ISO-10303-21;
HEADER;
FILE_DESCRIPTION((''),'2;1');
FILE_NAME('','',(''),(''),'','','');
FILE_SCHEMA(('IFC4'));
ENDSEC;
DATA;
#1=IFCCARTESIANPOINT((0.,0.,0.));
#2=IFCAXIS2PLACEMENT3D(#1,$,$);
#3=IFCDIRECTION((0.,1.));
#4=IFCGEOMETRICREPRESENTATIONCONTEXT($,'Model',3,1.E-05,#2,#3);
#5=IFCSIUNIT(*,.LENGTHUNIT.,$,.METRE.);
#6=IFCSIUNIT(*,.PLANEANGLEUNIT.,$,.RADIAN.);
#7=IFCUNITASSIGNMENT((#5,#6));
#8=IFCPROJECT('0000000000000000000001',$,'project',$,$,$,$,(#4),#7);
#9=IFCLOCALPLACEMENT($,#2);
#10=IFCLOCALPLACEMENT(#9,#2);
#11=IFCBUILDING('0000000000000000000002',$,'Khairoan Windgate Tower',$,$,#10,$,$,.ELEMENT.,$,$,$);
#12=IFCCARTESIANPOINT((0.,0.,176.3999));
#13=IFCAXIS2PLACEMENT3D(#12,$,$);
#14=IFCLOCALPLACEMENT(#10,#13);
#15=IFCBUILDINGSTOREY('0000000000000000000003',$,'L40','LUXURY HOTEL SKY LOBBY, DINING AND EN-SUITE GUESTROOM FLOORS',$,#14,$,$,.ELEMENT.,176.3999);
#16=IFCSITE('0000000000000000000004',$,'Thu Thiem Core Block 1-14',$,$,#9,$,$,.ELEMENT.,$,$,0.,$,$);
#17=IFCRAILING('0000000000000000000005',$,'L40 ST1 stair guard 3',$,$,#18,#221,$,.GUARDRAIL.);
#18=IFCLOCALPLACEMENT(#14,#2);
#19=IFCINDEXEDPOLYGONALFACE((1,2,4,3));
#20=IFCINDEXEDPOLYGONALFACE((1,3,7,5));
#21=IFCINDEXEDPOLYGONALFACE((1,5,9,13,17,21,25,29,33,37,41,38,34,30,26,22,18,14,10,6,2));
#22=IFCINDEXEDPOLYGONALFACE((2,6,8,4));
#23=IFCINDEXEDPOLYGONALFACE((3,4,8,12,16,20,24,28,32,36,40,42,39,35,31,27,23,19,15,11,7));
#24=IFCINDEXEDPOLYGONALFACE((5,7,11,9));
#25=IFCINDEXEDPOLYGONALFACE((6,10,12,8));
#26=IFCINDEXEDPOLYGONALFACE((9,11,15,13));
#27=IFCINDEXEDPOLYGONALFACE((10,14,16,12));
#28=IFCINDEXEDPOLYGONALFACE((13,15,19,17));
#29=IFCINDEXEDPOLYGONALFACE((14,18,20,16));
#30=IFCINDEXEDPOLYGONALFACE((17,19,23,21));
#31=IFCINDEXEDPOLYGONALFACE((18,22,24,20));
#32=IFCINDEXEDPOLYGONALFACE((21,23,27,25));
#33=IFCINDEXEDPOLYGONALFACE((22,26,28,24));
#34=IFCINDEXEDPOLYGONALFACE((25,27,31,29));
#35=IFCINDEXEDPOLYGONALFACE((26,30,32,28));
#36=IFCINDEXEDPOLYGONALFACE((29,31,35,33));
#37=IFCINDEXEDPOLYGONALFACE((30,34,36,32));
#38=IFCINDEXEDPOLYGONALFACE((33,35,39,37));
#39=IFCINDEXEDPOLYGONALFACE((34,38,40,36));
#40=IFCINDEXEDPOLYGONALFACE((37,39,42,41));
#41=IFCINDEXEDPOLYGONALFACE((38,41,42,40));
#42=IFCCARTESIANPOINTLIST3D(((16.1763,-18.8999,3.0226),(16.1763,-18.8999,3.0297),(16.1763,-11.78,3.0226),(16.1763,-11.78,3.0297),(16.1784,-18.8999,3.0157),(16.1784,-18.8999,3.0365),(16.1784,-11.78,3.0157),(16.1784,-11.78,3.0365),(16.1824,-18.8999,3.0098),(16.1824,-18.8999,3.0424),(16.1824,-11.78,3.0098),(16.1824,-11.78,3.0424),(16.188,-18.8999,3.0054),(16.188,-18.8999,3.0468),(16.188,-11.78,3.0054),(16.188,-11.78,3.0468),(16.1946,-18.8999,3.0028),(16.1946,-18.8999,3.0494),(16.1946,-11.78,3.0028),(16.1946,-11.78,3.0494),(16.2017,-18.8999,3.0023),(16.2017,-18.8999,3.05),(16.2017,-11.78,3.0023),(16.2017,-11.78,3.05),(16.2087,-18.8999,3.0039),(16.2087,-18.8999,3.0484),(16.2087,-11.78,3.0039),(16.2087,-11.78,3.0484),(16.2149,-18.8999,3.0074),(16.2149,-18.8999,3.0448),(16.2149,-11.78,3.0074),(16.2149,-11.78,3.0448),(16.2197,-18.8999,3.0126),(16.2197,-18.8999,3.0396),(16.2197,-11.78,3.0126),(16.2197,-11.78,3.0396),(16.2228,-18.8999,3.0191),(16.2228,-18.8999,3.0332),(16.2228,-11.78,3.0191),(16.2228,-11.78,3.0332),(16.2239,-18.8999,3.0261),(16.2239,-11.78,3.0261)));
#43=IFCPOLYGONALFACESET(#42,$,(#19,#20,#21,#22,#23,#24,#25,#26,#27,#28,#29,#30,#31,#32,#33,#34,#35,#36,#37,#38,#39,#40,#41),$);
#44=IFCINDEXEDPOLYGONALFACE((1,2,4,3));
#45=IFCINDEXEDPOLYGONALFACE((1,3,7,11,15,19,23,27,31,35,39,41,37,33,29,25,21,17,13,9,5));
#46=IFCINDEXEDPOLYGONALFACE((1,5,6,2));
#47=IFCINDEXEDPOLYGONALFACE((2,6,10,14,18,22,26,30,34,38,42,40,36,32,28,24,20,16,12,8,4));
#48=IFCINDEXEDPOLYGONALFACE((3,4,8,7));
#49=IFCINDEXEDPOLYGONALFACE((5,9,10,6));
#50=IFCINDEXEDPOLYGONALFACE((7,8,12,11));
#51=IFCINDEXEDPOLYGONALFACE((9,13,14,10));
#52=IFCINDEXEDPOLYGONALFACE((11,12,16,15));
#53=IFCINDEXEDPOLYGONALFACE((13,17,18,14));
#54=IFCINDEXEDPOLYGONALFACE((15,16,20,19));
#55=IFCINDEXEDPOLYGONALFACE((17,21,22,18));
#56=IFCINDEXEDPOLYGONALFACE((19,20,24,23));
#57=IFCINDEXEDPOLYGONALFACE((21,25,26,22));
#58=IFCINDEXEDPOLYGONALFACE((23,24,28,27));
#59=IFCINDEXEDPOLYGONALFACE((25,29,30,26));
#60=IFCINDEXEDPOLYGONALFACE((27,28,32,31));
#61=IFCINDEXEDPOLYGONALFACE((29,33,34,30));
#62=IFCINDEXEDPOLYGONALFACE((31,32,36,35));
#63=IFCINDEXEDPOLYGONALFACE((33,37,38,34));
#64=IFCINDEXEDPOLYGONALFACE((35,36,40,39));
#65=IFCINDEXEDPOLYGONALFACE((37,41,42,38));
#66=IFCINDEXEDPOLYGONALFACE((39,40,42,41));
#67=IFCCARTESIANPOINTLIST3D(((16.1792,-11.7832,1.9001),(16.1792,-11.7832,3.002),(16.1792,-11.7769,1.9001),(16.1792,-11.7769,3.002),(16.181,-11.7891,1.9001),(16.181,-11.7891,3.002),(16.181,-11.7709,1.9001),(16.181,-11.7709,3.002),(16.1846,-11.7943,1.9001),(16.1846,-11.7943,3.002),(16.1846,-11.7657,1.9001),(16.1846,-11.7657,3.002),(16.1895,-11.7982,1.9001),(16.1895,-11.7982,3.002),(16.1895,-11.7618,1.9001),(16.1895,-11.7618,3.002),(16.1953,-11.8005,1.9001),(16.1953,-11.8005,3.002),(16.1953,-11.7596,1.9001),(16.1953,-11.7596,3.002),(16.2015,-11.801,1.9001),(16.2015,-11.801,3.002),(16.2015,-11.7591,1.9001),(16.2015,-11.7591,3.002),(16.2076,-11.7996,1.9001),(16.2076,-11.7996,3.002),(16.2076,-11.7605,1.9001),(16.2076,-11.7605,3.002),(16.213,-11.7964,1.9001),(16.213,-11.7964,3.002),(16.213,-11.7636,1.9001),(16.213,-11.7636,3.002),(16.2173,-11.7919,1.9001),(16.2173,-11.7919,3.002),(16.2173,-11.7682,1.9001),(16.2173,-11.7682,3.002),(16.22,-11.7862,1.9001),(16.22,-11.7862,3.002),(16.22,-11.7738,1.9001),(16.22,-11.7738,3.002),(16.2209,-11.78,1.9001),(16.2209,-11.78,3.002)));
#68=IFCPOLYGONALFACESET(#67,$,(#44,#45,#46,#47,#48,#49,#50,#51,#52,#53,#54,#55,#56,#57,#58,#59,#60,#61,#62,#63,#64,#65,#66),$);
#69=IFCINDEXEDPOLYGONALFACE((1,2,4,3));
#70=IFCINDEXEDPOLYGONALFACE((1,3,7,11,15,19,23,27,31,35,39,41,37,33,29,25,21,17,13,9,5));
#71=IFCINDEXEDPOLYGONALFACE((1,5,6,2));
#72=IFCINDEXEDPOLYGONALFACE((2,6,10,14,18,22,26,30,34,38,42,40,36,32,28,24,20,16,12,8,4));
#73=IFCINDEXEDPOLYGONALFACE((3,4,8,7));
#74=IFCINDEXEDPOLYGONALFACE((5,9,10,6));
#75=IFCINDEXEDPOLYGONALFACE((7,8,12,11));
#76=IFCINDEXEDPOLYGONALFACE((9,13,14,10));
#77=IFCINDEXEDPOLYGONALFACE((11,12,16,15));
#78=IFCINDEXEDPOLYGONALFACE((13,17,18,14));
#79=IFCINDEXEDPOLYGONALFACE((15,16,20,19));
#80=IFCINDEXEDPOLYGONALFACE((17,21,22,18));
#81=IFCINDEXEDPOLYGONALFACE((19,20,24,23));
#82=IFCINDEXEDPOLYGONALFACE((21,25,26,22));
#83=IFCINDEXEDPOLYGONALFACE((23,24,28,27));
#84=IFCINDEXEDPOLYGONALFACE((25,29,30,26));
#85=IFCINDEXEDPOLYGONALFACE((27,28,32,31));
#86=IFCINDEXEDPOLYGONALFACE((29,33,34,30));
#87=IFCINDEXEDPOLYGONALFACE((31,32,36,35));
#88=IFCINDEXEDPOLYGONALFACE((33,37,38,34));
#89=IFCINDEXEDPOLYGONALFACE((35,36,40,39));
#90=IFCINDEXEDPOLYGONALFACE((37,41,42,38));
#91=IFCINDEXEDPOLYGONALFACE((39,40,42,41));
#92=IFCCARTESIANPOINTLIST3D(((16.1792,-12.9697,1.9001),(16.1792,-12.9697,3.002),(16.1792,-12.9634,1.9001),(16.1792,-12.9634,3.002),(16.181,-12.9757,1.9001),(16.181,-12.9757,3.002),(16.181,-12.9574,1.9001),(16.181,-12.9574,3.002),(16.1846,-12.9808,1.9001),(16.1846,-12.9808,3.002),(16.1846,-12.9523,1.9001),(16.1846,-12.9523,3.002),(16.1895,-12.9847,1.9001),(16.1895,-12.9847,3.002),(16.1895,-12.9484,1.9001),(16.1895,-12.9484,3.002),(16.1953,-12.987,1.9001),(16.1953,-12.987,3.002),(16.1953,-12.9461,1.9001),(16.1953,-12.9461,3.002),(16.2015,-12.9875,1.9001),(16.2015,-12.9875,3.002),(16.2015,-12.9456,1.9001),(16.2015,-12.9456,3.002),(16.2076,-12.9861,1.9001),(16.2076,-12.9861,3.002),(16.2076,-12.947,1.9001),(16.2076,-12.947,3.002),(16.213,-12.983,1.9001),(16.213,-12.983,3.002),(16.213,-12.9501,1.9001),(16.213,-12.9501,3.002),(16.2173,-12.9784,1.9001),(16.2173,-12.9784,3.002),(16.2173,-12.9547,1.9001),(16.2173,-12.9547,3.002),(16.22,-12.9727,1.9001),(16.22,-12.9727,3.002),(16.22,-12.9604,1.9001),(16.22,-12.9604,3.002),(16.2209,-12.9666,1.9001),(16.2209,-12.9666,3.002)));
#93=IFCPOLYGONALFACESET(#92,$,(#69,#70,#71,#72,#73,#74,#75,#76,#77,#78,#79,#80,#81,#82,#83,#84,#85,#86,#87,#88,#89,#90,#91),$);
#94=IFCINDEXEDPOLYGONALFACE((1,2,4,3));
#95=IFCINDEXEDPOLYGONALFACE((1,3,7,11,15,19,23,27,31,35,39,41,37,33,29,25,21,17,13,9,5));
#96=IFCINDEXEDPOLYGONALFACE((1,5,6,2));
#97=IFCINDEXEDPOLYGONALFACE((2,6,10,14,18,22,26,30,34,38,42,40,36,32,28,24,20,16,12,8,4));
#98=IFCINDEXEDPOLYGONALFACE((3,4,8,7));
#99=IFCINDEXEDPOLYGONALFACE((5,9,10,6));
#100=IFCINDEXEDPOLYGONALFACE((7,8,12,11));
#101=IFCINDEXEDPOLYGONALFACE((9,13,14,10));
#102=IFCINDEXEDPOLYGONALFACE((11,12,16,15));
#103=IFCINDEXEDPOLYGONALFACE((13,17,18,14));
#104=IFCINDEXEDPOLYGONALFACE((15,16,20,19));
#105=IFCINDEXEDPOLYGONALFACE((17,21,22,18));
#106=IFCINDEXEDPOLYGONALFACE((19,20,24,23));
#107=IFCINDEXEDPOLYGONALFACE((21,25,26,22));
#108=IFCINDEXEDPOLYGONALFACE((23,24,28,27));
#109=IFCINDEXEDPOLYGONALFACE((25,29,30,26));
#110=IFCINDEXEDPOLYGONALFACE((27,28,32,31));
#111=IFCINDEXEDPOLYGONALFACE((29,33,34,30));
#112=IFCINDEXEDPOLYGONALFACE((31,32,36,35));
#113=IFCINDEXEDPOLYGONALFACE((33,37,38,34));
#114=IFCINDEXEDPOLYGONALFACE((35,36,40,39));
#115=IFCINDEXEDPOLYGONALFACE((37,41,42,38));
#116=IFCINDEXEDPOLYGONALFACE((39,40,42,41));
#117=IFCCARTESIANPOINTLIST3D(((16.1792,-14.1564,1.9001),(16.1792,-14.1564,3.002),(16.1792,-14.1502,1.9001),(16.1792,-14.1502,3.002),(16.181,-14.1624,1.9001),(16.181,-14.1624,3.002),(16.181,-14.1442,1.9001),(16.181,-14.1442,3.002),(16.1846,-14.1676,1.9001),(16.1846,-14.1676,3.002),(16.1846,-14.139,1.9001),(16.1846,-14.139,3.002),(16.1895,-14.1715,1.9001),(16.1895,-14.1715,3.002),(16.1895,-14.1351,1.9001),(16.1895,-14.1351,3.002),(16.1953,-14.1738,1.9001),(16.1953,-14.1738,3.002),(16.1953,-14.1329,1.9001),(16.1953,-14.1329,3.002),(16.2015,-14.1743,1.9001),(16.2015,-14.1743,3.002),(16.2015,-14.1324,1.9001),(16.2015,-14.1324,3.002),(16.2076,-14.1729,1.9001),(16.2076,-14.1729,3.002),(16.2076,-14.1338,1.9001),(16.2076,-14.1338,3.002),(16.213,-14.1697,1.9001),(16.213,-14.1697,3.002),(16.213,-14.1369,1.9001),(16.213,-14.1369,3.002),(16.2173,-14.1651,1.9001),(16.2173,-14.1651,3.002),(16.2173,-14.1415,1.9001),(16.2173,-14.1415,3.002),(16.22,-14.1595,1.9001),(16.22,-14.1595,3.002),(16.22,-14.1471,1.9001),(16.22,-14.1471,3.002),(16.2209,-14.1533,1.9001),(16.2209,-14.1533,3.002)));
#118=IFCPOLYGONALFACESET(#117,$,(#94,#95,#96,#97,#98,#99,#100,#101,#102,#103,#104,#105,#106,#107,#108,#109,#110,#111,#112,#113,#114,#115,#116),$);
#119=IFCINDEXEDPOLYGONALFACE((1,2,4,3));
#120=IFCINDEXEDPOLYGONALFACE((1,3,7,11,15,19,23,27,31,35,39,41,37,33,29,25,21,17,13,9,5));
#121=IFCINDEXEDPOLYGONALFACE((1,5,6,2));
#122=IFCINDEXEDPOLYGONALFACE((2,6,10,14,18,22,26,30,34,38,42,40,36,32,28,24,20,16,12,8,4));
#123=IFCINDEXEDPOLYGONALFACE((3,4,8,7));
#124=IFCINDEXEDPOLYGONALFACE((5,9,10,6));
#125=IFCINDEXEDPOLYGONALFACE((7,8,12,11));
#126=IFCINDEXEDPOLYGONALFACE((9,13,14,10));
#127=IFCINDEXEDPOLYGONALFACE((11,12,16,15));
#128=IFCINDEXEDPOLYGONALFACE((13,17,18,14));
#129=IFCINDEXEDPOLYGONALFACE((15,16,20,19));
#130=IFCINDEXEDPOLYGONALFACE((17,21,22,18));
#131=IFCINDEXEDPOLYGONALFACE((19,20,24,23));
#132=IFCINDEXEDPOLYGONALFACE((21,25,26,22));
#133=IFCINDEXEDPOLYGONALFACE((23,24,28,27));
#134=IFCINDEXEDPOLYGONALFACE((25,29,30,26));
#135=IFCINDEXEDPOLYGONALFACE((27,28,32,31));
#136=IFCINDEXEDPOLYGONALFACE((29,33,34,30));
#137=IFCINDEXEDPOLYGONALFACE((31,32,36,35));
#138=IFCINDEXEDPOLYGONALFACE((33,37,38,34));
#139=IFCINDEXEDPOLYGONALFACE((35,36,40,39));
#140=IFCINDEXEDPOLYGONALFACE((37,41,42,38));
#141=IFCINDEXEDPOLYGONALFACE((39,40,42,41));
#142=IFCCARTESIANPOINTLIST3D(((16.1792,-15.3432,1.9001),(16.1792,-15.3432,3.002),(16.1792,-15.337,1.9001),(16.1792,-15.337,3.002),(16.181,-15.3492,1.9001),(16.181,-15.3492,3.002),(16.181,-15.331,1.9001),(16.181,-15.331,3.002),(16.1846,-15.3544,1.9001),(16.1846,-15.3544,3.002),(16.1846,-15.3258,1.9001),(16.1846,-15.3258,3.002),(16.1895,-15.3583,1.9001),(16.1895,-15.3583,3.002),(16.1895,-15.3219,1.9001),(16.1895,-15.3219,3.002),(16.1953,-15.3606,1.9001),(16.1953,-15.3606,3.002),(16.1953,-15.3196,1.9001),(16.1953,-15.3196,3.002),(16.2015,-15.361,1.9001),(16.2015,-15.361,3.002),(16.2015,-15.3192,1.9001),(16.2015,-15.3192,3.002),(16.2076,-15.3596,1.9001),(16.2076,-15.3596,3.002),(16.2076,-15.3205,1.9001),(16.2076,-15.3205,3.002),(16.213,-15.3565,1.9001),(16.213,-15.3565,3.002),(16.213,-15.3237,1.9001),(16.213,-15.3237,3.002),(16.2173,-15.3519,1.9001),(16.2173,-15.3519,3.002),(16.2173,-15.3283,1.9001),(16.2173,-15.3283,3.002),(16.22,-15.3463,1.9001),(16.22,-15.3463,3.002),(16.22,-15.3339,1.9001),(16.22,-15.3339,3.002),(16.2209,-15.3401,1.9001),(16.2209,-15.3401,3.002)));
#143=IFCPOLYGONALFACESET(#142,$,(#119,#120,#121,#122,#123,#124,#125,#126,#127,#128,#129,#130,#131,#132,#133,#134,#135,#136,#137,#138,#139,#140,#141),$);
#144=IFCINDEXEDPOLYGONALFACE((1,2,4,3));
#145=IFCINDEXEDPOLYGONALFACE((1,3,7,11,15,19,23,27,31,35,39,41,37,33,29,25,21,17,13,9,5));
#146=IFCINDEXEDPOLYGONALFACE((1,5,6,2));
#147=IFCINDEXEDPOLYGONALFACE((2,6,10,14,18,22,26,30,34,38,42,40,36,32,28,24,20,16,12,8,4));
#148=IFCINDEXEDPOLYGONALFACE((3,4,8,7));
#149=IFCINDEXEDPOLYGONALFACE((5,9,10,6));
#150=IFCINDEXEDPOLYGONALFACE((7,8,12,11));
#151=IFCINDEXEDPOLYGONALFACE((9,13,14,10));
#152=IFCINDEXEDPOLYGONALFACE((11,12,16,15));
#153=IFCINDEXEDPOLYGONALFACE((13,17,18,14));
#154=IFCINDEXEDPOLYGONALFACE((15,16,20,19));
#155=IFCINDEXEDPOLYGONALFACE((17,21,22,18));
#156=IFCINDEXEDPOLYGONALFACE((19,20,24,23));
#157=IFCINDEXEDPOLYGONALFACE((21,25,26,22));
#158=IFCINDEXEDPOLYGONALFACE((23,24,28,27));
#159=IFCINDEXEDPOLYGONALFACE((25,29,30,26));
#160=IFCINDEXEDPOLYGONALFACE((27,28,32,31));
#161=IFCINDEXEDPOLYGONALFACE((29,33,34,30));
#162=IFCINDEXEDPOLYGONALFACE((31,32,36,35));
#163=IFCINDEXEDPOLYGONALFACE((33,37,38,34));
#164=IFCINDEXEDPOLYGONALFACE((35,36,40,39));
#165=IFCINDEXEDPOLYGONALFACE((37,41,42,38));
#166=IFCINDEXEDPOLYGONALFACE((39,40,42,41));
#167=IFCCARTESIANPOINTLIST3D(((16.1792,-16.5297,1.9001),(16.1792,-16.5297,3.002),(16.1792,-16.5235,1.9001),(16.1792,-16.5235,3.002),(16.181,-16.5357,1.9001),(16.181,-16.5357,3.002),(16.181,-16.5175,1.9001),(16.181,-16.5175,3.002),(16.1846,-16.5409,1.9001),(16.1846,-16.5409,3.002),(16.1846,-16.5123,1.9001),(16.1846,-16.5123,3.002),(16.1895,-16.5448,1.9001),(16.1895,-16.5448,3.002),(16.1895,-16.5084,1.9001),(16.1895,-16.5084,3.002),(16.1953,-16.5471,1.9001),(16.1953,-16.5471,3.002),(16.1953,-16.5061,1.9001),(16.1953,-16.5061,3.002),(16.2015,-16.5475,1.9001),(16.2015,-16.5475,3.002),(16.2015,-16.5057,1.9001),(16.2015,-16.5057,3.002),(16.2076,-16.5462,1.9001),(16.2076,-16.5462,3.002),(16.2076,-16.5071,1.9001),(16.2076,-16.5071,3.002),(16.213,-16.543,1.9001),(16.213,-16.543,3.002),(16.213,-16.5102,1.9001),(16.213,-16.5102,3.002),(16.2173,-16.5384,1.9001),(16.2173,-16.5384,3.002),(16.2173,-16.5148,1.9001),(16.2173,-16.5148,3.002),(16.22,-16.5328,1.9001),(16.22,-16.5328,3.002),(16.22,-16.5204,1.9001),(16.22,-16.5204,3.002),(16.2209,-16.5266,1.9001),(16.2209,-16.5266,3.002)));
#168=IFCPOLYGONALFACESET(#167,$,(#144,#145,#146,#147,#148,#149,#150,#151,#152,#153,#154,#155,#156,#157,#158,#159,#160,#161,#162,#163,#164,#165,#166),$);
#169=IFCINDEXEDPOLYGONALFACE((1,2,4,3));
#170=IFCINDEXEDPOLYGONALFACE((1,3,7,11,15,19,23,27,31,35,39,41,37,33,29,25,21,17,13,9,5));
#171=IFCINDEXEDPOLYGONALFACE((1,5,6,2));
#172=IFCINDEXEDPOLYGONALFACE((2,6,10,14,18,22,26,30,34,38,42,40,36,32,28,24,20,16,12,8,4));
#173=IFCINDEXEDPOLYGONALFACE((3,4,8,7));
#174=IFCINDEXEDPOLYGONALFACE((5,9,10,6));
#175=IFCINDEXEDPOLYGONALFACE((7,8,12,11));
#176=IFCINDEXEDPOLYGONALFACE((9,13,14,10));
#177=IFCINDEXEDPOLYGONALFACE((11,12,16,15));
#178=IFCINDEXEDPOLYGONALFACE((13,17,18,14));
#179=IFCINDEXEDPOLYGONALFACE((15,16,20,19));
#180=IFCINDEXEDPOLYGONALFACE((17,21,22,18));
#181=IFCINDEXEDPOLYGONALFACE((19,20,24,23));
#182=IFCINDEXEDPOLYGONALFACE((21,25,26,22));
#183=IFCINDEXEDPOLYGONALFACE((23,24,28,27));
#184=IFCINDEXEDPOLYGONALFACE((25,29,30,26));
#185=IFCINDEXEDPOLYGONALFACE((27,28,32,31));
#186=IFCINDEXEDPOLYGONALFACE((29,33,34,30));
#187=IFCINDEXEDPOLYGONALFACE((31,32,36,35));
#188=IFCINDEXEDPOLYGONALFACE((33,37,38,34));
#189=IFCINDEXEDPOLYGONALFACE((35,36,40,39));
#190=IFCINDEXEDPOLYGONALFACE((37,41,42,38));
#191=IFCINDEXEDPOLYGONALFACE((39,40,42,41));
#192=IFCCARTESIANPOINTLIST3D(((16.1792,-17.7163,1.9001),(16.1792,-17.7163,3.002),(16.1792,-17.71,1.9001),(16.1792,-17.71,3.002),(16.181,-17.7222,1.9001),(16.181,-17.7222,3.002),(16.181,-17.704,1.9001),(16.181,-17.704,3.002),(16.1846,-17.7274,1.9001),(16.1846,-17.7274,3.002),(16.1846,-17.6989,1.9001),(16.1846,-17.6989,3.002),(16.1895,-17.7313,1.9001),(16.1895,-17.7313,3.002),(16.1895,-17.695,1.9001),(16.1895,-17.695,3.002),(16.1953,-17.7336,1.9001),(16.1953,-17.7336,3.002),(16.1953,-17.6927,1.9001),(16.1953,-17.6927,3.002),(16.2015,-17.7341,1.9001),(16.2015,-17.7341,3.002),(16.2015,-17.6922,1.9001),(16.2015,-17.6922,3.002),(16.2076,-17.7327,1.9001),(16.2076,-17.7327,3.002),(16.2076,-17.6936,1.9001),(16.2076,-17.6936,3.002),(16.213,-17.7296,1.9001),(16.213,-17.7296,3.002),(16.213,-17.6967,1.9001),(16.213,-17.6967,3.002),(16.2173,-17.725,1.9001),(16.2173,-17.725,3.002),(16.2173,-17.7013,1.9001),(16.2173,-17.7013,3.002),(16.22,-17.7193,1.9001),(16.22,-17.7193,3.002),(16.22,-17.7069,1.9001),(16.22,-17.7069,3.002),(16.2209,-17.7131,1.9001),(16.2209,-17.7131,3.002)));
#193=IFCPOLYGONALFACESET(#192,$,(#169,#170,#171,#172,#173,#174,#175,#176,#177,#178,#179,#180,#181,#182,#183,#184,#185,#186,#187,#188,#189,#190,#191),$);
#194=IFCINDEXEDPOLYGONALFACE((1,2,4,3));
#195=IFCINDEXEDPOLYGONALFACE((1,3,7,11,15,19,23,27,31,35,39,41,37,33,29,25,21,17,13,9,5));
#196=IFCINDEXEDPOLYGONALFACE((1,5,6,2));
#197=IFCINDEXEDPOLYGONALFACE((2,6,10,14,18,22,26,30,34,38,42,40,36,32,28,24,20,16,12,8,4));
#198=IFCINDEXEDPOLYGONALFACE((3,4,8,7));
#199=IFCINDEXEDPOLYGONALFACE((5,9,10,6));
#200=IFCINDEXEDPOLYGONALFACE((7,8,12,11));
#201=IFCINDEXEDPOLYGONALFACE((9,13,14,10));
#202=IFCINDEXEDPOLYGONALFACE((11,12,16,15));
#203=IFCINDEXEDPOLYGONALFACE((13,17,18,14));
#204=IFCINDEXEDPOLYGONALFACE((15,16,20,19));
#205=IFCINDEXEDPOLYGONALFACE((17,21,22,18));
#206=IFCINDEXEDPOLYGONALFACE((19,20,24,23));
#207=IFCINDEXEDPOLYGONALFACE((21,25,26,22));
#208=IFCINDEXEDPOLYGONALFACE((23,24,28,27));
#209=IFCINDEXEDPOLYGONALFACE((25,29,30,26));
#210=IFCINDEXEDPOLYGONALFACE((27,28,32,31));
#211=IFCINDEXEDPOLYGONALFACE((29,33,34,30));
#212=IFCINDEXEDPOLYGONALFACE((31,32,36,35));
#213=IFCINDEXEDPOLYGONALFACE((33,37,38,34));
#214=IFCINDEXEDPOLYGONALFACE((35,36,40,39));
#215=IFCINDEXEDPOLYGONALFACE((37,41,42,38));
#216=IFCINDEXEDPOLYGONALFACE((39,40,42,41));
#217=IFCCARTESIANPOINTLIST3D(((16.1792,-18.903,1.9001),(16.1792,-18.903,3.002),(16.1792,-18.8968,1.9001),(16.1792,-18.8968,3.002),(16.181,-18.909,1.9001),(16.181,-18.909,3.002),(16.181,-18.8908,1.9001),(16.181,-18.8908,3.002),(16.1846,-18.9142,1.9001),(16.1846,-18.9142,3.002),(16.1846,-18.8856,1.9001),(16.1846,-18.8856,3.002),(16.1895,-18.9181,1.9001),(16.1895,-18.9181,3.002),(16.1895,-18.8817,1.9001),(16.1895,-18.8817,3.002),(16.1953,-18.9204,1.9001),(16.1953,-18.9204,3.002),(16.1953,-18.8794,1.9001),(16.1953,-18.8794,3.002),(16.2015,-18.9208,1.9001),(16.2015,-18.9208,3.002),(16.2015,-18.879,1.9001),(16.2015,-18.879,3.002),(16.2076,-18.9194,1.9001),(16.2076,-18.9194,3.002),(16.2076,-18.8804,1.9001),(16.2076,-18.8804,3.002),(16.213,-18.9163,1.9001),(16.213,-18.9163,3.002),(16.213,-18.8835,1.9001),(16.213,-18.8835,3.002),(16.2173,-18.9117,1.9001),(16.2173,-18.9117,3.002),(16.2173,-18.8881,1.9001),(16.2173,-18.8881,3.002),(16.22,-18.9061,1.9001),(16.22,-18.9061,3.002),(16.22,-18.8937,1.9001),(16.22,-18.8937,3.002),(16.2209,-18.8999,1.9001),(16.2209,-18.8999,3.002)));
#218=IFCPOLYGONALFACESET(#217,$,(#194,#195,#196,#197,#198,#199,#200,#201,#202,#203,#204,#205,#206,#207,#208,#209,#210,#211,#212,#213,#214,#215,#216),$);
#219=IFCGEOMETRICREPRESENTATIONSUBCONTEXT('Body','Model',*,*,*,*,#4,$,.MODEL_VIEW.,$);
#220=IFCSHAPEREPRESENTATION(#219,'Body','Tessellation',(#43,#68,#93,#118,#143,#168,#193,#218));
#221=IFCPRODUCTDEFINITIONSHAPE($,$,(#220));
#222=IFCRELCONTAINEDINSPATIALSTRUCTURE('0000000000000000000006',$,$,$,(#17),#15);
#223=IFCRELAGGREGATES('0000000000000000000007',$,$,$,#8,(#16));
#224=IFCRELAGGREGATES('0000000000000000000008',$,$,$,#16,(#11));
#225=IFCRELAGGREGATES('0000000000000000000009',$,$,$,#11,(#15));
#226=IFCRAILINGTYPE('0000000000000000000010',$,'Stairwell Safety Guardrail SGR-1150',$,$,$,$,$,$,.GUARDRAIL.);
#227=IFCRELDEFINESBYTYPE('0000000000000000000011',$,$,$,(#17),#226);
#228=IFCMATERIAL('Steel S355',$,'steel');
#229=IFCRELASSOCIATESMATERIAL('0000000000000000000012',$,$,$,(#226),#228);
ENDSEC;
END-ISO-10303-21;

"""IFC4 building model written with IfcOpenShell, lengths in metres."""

from ifc_helpers import new_model, si_unit, direction, frame, origin, origin_2d, place, context, subcontext, project, spatial, circle, extrude, material, type_object, element, save


model = new_model("IFC4")

# Units and contexts
model_context = context("Model", 3, precision=1e-05, world=origin(), true_north=direction((0.0, 1.0)))
body_context = subcontext(model_context, "Body", "Model", "MODEL_VIEW")
ifc_project = project(units=[si_unit("LENGTHUNIT", "METRE"), si_unit("PLANEANGLEUNIT", "RADIAN")], contexts=[model_context])

# Site, building, storey
site_placement = place(None, origin())
site = spatial("IfcSite", under=ifc_project, at=site_placement, Name="Thu Thiem Core Block 1-14", CompositionType="ELEMENT", RefElevation=0.0)
building_placement = place(site_placement, origin())
building = spatial("IfcBuilding", under=site, at=building_placement, Name="Khairoan Windgate Tower", CompositionType="ELEMENT")
storey_placement = place(building_placement, frame((0.0, 0.0, 176.3999)))
storey = spatial("IfcBuildingStorey", under=building, at=storey_placement, Name="L40", Description="LUXURY HOTEL SKY LOBBY, DINING AND EN-SUITE GUESTROOM FLOORS", CompositionType="ELEMENT", Elevation=176.3999)

# Railing
ifc_material_1 = material(Name="Steel S355", Category="steel")
railing_type_1 = type_object("IfcRailingType", Name="Stairwell Safety Guardrail SGR-1150", PredefinedType="GUARDRAIL", material=ifc_material_1)
railing_1_placement = place(storey_placement, frame((16.2, -11.78, 1.9001)))
element("IfcRailing", 1, at=railing_1_placement, inside=storey, type_object=railing_type_1, Name="L40 ST1 stair guard 3", PredefinedType="GUARDRAIL", context=body_context, shape_type="SweptSolid", body=[
    extrude(circle(Radius=0.0239, at=origin_2d()), frame((0.0, 0.0, 1.126), z_axis=(0.0, -1.0, 0.0), x_axis=(1.0, 0.0, 0.0)), (0.0, 0.0, 1.0), 7.1199),
    extrude(circle(Radius=0.021, at=origin_2d()), origin(), (0.0, 0.0, 1.0), 1.1018),
    extrude(circle(Radius=0.021, at=origin_2d()), frame((0.0, -1.1865, 0.0)), (0.0, 0.0, 1.0), 1.1018),
    extrude(circle(Radius=0.021, at=origin_2d()), frame((0.0, -2.3733, 0.0)), (0.0, 0.0, 1.0), 1.1018),
    extrude(circle(Radius=0.021, at=origin_2d()), frame((0.0, -3.5601, 0.0)), (0.0, 0.0, 1.0), 1.1018),
    extrude(circle(Radius=0.021, at=origin_2d()), frame((0.0, -4.7466, 0.0)), (0.0, 0.0, 1.0), 1.1018),
    extrude(circle(Radius=0.021, at=origin_2d()), frame((0.0, -5.9331, 0.0)), (0.0, 0.0, 1.0), 1.1018),
    extrude(circle(Radius=0.021, at=origin_2d()), frame((0.0, -7.1199, 0.0)), (0.0, 0.0, 1.0), 1.1018),
])

save(model, "model.ifc")
